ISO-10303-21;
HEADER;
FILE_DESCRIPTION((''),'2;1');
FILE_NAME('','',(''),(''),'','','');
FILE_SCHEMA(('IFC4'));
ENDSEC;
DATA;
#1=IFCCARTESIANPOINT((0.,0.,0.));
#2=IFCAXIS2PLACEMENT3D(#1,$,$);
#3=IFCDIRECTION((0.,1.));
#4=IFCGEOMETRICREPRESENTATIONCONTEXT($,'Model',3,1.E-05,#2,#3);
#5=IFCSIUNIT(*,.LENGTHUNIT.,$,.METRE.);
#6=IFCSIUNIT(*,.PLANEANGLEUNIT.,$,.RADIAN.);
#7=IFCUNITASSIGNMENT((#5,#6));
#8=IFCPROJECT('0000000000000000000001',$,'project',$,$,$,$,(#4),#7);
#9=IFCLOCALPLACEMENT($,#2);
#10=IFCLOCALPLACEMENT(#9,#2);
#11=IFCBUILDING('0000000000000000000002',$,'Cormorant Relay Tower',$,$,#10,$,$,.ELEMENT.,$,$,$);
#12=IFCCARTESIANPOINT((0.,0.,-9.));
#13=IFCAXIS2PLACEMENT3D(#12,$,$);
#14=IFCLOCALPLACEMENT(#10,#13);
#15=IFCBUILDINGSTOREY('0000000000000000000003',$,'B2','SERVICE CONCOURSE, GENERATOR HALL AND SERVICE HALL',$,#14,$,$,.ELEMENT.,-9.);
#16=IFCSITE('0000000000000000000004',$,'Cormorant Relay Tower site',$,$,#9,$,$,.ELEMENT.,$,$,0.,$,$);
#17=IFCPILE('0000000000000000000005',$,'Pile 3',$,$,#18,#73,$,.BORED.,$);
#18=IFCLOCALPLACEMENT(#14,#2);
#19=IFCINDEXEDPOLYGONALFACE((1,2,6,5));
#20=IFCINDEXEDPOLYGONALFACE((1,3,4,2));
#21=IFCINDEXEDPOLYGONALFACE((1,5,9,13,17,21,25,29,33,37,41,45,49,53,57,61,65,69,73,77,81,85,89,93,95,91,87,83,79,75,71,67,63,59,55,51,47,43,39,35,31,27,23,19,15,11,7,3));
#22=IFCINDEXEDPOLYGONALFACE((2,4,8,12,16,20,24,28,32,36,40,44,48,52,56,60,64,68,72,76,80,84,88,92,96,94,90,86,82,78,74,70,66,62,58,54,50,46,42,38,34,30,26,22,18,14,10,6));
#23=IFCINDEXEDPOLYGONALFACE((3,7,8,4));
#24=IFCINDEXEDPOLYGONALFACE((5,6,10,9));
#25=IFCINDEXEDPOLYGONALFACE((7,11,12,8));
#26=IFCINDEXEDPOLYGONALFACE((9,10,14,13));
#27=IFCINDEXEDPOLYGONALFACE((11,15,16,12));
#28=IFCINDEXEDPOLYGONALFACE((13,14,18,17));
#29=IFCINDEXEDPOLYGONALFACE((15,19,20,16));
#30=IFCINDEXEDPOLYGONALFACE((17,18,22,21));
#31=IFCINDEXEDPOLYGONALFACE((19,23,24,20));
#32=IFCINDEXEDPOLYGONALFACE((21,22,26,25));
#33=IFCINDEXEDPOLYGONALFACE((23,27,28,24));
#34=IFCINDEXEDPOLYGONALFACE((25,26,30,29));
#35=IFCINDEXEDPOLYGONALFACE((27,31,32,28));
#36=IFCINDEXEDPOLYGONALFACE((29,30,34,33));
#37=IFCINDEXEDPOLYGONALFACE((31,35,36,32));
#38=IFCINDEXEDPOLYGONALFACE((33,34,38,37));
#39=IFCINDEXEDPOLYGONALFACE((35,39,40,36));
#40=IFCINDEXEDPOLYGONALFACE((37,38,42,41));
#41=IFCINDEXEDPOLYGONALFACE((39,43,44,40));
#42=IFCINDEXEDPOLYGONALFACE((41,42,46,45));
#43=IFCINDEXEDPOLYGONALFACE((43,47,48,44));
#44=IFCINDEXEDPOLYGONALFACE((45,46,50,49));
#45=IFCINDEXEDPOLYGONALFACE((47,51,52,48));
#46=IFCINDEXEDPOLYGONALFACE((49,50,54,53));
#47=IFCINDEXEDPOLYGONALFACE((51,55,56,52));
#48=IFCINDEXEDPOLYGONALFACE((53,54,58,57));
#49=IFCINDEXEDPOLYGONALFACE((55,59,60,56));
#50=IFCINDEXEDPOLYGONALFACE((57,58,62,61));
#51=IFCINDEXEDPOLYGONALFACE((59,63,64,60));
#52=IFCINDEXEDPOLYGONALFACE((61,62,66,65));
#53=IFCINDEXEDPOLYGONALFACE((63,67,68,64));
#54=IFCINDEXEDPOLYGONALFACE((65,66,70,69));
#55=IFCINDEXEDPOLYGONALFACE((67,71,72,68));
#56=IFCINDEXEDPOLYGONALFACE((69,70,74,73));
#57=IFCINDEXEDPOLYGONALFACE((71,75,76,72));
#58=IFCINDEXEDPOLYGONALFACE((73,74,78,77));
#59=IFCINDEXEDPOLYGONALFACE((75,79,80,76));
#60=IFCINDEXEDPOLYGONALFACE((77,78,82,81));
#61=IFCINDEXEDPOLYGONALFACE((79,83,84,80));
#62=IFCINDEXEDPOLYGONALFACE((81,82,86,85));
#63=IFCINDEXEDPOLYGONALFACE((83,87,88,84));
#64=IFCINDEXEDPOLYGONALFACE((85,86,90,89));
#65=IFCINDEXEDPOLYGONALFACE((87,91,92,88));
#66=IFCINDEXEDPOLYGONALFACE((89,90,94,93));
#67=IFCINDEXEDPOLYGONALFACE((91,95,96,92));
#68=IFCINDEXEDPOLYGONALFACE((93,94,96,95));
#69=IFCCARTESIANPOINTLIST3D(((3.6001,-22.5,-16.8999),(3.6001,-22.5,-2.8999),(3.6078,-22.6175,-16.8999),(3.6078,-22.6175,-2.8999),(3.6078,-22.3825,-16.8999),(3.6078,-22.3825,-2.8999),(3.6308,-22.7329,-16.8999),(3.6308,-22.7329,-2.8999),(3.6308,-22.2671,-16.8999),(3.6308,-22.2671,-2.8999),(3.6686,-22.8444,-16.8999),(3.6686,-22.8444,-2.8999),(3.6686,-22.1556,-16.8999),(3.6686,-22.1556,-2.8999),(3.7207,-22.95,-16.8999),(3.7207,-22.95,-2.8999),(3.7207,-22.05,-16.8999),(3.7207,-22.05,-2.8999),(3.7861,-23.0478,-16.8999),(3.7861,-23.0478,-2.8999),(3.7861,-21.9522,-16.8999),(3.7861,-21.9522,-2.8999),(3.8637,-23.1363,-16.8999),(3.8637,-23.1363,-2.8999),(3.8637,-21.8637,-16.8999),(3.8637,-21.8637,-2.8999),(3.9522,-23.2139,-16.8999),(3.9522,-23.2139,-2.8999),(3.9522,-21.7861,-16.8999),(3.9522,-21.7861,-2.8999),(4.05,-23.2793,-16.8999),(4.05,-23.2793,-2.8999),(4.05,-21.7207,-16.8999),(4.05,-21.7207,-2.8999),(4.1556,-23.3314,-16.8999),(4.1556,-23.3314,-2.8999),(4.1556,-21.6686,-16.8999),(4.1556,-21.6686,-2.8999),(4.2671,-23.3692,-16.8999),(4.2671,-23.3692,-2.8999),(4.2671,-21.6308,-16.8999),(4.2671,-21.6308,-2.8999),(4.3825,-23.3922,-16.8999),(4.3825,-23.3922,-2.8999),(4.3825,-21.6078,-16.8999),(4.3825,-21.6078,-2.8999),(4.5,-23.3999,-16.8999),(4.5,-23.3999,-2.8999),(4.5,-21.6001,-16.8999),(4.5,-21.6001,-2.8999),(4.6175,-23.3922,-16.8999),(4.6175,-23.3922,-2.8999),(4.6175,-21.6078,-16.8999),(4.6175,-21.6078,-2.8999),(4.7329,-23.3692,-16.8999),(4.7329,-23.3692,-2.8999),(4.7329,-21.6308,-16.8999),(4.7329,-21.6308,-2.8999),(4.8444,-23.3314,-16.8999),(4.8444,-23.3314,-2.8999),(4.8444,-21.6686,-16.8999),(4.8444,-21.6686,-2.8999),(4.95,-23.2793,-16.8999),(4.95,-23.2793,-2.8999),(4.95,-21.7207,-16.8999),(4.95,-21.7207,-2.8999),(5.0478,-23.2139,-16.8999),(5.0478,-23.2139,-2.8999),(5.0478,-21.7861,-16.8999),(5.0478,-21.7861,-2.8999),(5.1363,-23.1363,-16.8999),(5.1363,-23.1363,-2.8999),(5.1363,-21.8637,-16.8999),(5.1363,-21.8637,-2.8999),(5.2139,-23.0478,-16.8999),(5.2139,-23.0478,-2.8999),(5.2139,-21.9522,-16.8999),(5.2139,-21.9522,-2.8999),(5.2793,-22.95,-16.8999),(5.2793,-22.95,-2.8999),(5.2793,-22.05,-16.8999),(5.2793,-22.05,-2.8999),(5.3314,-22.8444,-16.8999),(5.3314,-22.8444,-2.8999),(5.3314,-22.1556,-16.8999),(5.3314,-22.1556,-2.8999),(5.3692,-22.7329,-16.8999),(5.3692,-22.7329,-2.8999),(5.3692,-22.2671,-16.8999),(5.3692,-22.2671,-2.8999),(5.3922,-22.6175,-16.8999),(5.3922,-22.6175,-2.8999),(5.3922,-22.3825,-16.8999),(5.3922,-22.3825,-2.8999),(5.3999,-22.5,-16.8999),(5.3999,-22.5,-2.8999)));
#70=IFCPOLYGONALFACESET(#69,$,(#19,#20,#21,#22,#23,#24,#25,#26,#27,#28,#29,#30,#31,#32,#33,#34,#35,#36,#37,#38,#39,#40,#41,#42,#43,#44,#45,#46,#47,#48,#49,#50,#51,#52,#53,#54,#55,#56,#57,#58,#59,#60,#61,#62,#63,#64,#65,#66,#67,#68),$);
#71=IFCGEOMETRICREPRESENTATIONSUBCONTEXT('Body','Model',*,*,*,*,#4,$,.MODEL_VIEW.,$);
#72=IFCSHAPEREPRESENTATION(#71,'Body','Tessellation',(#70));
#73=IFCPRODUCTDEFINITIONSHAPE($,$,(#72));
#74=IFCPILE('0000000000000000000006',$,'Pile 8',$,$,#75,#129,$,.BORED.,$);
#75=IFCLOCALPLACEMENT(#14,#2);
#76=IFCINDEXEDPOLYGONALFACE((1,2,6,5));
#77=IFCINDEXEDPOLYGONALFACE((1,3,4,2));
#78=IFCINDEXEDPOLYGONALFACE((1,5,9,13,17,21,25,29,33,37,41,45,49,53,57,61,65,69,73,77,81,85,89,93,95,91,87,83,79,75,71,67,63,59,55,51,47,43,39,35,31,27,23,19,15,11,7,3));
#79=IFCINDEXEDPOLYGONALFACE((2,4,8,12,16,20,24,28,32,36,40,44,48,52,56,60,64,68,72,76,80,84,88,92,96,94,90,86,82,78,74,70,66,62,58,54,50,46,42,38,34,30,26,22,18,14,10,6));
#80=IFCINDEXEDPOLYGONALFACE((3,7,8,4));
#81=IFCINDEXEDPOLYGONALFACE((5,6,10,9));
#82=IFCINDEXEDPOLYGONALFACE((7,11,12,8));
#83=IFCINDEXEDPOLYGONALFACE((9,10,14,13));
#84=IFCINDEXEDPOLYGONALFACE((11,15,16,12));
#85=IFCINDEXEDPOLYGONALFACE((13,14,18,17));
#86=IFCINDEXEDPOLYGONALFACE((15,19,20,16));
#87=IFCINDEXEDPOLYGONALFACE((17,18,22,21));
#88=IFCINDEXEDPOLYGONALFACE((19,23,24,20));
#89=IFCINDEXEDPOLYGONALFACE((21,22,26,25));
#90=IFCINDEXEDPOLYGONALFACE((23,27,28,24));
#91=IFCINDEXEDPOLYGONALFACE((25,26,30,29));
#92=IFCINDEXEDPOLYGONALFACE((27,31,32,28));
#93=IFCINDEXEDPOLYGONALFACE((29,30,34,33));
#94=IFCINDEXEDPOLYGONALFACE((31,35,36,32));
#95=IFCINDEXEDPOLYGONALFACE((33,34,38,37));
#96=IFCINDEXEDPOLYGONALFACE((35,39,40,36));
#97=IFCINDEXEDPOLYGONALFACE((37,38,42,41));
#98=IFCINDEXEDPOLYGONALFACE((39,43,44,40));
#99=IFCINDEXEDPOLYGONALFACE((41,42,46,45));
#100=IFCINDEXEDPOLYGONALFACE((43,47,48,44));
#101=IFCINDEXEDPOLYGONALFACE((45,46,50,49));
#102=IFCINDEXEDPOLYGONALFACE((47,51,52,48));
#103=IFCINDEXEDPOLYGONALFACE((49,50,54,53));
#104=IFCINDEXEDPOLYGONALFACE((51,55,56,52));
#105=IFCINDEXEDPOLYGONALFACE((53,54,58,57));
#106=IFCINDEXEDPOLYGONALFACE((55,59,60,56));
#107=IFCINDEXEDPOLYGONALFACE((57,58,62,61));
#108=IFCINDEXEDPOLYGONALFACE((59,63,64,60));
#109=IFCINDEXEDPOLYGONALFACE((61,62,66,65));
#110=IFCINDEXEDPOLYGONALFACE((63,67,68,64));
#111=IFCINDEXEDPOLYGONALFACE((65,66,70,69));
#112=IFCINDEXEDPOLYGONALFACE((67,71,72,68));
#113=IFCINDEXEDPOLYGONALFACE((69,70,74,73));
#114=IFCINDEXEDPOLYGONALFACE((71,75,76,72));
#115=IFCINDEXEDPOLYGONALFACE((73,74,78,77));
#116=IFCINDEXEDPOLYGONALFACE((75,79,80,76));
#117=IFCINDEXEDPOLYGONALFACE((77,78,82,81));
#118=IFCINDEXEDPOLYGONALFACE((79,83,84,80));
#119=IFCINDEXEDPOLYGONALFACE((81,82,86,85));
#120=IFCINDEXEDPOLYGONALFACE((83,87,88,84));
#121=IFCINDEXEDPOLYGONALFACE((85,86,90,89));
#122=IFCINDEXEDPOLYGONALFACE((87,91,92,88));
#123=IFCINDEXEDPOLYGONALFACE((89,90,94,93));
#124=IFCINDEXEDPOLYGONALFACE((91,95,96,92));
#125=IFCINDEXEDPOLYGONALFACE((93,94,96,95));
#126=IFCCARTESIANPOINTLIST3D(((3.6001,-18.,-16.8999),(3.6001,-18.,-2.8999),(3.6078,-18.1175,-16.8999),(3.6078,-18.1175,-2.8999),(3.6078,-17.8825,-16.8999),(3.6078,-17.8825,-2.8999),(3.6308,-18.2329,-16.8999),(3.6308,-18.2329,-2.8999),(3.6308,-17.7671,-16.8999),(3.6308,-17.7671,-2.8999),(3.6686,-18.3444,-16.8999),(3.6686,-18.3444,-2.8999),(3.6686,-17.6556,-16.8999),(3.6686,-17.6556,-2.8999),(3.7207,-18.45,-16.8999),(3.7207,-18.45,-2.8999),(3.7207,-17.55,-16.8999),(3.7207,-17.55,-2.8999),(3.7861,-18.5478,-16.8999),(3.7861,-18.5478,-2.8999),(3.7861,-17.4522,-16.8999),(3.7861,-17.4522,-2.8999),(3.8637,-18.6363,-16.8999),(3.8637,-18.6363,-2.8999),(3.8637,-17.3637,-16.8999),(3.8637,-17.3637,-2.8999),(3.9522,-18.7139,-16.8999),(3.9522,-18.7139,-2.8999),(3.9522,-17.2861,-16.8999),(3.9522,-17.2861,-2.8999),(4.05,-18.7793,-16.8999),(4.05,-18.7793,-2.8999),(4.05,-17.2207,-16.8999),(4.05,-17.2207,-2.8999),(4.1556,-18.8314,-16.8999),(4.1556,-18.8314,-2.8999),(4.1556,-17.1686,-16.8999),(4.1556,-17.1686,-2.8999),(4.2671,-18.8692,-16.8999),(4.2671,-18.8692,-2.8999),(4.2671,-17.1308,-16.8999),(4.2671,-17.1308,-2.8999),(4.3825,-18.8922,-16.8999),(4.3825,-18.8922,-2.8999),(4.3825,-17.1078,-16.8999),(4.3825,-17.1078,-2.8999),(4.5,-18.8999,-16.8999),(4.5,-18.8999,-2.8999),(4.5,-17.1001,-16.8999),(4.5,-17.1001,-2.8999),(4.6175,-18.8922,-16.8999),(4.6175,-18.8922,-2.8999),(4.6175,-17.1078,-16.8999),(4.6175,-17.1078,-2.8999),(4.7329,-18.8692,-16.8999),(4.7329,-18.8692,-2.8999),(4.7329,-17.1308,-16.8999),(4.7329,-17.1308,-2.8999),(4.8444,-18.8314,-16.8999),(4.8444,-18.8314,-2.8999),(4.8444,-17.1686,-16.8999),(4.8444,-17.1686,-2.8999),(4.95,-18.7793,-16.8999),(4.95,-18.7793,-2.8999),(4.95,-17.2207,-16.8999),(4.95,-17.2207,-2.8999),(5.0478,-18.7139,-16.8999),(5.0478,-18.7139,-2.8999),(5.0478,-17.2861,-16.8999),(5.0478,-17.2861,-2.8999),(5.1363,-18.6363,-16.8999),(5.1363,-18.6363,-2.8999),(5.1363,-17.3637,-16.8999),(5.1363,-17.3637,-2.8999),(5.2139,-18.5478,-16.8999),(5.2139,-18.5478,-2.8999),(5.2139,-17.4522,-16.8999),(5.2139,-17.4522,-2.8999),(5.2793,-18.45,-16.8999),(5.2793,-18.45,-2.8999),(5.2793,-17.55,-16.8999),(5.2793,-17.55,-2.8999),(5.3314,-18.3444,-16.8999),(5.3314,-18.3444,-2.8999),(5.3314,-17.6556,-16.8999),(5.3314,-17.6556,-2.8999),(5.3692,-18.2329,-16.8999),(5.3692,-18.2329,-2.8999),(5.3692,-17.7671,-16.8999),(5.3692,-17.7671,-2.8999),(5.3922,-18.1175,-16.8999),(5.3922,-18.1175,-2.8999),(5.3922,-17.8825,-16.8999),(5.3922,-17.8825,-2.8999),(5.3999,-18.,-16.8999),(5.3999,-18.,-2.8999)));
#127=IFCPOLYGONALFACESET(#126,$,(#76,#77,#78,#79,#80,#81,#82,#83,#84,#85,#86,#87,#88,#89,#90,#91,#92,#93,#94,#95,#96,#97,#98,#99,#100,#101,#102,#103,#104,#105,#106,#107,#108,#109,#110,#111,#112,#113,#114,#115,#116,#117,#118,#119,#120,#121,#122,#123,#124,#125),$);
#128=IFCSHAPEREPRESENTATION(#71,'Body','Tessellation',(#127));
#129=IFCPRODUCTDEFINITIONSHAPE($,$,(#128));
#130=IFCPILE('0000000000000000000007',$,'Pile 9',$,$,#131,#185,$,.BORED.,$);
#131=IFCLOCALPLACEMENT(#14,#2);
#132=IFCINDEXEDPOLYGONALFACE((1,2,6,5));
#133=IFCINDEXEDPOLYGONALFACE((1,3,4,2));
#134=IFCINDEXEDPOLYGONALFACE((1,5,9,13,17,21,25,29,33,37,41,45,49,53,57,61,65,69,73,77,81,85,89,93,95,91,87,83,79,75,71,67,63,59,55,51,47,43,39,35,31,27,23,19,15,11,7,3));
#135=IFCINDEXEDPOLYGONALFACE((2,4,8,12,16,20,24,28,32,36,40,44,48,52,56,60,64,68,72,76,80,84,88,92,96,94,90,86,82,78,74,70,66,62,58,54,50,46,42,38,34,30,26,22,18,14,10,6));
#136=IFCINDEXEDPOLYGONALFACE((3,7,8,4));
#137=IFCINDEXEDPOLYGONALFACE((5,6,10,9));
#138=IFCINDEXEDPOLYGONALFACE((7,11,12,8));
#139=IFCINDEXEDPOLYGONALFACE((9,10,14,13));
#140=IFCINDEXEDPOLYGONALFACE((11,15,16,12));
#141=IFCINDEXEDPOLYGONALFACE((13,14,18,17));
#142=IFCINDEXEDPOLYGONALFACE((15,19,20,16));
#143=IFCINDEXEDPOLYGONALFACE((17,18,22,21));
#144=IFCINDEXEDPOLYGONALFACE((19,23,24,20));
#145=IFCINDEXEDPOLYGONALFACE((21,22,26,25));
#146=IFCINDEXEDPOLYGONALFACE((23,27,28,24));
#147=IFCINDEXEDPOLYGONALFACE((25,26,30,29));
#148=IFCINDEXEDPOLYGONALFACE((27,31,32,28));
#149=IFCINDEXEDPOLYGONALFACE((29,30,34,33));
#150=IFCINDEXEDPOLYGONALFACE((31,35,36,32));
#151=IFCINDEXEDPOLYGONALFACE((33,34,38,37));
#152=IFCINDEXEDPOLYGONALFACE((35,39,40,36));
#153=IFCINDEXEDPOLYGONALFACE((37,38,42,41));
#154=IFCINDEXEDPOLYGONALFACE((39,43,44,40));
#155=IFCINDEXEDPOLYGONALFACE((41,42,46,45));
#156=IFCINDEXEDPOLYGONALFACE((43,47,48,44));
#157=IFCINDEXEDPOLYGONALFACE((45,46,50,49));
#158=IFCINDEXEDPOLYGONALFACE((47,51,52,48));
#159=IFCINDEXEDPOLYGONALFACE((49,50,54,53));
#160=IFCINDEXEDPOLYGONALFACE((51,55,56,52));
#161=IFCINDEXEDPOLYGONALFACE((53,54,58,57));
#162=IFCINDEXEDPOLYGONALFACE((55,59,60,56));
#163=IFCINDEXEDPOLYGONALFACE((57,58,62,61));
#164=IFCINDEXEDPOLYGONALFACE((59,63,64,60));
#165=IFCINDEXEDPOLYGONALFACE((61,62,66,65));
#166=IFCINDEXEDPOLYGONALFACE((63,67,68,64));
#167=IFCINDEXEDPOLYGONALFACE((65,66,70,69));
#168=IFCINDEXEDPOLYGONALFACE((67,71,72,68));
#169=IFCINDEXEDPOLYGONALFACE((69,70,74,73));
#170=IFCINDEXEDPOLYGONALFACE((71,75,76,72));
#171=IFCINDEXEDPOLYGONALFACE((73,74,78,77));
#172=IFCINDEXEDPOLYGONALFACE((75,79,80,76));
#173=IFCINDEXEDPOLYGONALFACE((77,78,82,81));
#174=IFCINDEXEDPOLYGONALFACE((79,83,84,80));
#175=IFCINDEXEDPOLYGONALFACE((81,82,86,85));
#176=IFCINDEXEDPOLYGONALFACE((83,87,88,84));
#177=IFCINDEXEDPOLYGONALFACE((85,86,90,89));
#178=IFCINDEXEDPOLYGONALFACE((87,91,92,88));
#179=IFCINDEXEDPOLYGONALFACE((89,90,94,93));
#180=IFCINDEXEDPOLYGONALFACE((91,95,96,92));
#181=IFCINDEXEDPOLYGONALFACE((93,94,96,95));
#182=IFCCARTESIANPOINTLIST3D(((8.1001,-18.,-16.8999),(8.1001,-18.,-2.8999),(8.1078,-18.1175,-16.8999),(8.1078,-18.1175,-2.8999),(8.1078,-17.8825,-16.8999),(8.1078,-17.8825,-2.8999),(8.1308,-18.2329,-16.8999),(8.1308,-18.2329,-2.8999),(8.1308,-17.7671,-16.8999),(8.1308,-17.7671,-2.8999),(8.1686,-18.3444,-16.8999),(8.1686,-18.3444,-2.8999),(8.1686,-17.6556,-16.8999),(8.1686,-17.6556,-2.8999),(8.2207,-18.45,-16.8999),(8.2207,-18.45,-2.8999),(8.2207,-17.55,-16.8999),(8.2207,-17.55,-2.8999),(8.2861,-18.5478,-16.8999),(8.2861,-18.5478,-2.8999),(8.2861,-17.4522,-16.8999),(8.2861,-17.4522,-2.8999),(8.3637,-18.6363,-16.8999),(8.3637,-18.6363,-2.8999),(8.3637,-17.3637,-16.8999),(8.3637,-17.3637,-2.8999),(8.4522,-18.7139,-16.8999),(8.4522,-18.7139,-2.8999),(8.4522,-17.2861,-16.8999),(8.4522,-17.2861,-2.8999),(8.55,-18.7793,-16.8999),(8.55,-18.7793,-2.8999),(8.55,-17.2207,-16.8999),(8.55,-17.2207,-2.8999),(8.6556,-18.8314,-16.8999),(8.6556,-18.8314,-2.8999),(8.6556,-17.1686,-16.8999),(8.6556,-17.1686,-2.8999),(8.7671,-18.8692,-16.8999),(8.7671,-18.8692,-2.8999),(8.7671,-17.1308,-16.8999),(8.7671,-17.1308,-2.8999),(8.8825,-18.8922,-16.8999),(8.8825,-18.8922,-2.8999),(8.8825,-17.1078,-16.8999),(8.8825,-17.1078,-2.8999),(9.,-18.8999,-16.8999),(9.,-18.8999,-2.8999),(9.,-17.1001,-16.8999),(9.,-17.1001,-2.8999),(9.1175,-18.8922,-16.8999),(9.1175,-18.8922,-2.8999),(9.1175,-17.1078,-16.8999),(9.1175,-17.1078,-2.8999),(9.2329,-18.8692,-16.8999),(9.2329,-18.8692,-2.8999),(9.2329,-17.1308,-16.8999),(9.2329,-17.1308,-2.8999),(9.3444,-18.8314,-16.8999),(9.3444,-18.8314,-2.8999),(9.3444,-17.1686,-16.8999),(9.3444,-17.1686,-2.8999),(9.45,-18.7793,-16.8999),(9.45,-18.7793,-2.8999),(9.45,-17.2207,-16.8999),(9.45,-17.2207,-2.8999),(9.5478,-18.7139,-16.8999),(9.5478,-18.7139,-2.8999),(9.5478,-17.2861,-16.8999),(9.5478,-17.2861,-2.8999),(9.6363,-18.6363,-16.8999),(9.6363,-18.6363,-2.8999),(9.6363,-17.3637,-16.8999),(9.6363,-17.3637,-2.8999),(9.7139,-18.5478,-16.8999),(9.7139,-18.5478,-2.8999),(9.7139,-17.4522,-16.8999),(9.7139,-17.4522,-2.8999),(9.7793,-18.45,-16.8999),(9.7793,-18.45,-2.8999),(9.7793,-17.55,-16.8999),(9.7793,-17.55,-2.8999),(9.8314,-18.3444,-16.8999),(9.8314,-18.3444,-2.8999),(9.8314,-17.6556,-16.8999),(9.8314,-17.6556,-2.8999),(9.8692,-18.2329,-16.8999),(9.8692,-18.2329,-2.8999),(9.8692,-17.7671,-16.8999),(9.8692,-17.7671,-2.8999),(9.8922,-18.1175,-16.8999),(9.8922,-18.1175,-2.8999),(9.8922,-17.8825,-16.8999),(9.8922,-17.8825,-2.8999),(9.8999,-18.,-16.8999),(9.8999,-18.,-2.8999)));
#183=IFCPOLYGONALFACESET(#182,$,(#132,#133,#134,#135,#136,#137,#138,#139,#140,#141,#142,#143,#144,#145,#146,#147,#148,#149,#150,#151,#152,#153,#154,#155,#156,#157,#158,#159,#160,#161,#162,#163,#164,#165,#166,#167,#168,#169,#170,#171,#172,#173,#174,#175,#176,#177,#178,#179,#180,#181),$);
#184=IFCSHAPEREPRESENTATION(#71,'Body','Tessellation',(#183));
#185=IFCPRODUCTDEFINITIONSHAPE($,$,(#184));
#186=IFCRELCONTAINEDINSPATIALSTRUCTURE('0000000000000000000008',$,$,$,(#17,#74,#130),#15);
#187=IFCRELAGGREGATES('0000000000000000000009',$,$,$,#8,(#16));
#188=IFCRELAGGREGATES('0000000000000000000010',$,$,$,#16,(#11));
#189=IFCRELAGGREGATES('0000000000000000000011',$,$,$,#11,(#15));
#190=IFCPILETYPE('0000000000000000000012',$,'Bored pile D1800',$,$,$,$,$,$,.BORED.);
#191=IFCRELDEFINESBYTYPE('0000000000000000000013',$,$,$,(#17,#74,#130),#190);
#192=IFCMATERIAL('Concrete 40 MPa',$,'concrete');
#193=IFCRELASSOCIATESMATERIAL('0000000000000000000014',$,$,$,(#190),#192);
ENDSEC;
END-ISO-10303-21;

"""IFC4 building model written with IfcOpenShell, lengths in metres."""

from ifc_helpers import new_model, si_unit, direction, frame, origin, origin_2d, place, context, subcontext, project, spatial, circle, extrude, material, material_profile, profile_set, type_object, element, save


model = new_model("IFC4")

# Units and contexts
model_context = context("Model", 3, precision=1e-05, world=origin(), true_north=direction((0.0, 1.0)))
body_context = subcontext(model_context, "Body", "Model", "MODEL_VIEW")
ifc_project = project(units=[si_unit("LENGTHUNIT", "METRE"), si_unit("PLANEANGLEUNIT", "RADIAN")], contexts=[model_context])

# Site, building, storey
site_placement = place(None, origin())
site = spatial("IfcSite", under=ifc_project, at=site_placement, Name="Cormorant Relay Tower site", CompositionType="ELEMENT", RefElevation=0.0)
building_placement = place(site_placement, origin())
building = spatial("IfcBuilding", under=site, at=building_placement, Name="Cormorant Relay Tower", CompositionType="ELEMENT")
storey_placement = place(building_placement, frame((0.0, 0.0, -9.0)))
storey = spatial("IfcBuildingStorey", under=building, at=storey_placement, Name="B2", Description="SERVICE CONCOURSE, GENERATOR HALL AND SERVICE HALL", CompositionType="ELEMENT", Elevation=-9.0)

# Piles
ifc_material_1 = material(Name="Concrete 40 MPa", Category="concrete")
ifc_material_profile_1 = material_profile(ifc_material_1, circle(Radius=0.8999, at=origin_2d()), Name="BP1800")
ifc_profile_set_1 = profile_set([ifc_material_profile_1], Name="Concrete 40 MPa")
pile_type = type_object("IfcPileType", Name="Bored pile D1800", PredefinedType="BORED", material=ifc_profile_set_1)
for number, where, z_axis, x_axis, name in (
    (1, (4.5, -22.5, -2.8999), (0.0, 0.0, -1.0), (1.0, 0.0, 0.0), "Pile 3"),
    (2, (4.5, -18.0, -2.8999), (0.0, 0.0, -1.0), (1.0, 0.0, 0.0), "Pile 8"),
    (3, (9.0, -18.0, -2.8999), (0.0, 0.0, -1.0), (1.0, 0.0, 0.0), "Pile 9"),
):
    element("IfcPile", number, at=place(storey_placement, frame(where, z_axis=z_axis, x_axis=x_axis)), inside=storey, type_object=pile_type, Name=name, PredefinedType="BORED", context=body_context, shape_type="SweptSolid", body=[
        extrude(circle(Radius=0.8999, at=origin_2d()), origin(), (0.0, 0.0, 1.0), 14.0),
    ])

save(model, "model.ifc")
